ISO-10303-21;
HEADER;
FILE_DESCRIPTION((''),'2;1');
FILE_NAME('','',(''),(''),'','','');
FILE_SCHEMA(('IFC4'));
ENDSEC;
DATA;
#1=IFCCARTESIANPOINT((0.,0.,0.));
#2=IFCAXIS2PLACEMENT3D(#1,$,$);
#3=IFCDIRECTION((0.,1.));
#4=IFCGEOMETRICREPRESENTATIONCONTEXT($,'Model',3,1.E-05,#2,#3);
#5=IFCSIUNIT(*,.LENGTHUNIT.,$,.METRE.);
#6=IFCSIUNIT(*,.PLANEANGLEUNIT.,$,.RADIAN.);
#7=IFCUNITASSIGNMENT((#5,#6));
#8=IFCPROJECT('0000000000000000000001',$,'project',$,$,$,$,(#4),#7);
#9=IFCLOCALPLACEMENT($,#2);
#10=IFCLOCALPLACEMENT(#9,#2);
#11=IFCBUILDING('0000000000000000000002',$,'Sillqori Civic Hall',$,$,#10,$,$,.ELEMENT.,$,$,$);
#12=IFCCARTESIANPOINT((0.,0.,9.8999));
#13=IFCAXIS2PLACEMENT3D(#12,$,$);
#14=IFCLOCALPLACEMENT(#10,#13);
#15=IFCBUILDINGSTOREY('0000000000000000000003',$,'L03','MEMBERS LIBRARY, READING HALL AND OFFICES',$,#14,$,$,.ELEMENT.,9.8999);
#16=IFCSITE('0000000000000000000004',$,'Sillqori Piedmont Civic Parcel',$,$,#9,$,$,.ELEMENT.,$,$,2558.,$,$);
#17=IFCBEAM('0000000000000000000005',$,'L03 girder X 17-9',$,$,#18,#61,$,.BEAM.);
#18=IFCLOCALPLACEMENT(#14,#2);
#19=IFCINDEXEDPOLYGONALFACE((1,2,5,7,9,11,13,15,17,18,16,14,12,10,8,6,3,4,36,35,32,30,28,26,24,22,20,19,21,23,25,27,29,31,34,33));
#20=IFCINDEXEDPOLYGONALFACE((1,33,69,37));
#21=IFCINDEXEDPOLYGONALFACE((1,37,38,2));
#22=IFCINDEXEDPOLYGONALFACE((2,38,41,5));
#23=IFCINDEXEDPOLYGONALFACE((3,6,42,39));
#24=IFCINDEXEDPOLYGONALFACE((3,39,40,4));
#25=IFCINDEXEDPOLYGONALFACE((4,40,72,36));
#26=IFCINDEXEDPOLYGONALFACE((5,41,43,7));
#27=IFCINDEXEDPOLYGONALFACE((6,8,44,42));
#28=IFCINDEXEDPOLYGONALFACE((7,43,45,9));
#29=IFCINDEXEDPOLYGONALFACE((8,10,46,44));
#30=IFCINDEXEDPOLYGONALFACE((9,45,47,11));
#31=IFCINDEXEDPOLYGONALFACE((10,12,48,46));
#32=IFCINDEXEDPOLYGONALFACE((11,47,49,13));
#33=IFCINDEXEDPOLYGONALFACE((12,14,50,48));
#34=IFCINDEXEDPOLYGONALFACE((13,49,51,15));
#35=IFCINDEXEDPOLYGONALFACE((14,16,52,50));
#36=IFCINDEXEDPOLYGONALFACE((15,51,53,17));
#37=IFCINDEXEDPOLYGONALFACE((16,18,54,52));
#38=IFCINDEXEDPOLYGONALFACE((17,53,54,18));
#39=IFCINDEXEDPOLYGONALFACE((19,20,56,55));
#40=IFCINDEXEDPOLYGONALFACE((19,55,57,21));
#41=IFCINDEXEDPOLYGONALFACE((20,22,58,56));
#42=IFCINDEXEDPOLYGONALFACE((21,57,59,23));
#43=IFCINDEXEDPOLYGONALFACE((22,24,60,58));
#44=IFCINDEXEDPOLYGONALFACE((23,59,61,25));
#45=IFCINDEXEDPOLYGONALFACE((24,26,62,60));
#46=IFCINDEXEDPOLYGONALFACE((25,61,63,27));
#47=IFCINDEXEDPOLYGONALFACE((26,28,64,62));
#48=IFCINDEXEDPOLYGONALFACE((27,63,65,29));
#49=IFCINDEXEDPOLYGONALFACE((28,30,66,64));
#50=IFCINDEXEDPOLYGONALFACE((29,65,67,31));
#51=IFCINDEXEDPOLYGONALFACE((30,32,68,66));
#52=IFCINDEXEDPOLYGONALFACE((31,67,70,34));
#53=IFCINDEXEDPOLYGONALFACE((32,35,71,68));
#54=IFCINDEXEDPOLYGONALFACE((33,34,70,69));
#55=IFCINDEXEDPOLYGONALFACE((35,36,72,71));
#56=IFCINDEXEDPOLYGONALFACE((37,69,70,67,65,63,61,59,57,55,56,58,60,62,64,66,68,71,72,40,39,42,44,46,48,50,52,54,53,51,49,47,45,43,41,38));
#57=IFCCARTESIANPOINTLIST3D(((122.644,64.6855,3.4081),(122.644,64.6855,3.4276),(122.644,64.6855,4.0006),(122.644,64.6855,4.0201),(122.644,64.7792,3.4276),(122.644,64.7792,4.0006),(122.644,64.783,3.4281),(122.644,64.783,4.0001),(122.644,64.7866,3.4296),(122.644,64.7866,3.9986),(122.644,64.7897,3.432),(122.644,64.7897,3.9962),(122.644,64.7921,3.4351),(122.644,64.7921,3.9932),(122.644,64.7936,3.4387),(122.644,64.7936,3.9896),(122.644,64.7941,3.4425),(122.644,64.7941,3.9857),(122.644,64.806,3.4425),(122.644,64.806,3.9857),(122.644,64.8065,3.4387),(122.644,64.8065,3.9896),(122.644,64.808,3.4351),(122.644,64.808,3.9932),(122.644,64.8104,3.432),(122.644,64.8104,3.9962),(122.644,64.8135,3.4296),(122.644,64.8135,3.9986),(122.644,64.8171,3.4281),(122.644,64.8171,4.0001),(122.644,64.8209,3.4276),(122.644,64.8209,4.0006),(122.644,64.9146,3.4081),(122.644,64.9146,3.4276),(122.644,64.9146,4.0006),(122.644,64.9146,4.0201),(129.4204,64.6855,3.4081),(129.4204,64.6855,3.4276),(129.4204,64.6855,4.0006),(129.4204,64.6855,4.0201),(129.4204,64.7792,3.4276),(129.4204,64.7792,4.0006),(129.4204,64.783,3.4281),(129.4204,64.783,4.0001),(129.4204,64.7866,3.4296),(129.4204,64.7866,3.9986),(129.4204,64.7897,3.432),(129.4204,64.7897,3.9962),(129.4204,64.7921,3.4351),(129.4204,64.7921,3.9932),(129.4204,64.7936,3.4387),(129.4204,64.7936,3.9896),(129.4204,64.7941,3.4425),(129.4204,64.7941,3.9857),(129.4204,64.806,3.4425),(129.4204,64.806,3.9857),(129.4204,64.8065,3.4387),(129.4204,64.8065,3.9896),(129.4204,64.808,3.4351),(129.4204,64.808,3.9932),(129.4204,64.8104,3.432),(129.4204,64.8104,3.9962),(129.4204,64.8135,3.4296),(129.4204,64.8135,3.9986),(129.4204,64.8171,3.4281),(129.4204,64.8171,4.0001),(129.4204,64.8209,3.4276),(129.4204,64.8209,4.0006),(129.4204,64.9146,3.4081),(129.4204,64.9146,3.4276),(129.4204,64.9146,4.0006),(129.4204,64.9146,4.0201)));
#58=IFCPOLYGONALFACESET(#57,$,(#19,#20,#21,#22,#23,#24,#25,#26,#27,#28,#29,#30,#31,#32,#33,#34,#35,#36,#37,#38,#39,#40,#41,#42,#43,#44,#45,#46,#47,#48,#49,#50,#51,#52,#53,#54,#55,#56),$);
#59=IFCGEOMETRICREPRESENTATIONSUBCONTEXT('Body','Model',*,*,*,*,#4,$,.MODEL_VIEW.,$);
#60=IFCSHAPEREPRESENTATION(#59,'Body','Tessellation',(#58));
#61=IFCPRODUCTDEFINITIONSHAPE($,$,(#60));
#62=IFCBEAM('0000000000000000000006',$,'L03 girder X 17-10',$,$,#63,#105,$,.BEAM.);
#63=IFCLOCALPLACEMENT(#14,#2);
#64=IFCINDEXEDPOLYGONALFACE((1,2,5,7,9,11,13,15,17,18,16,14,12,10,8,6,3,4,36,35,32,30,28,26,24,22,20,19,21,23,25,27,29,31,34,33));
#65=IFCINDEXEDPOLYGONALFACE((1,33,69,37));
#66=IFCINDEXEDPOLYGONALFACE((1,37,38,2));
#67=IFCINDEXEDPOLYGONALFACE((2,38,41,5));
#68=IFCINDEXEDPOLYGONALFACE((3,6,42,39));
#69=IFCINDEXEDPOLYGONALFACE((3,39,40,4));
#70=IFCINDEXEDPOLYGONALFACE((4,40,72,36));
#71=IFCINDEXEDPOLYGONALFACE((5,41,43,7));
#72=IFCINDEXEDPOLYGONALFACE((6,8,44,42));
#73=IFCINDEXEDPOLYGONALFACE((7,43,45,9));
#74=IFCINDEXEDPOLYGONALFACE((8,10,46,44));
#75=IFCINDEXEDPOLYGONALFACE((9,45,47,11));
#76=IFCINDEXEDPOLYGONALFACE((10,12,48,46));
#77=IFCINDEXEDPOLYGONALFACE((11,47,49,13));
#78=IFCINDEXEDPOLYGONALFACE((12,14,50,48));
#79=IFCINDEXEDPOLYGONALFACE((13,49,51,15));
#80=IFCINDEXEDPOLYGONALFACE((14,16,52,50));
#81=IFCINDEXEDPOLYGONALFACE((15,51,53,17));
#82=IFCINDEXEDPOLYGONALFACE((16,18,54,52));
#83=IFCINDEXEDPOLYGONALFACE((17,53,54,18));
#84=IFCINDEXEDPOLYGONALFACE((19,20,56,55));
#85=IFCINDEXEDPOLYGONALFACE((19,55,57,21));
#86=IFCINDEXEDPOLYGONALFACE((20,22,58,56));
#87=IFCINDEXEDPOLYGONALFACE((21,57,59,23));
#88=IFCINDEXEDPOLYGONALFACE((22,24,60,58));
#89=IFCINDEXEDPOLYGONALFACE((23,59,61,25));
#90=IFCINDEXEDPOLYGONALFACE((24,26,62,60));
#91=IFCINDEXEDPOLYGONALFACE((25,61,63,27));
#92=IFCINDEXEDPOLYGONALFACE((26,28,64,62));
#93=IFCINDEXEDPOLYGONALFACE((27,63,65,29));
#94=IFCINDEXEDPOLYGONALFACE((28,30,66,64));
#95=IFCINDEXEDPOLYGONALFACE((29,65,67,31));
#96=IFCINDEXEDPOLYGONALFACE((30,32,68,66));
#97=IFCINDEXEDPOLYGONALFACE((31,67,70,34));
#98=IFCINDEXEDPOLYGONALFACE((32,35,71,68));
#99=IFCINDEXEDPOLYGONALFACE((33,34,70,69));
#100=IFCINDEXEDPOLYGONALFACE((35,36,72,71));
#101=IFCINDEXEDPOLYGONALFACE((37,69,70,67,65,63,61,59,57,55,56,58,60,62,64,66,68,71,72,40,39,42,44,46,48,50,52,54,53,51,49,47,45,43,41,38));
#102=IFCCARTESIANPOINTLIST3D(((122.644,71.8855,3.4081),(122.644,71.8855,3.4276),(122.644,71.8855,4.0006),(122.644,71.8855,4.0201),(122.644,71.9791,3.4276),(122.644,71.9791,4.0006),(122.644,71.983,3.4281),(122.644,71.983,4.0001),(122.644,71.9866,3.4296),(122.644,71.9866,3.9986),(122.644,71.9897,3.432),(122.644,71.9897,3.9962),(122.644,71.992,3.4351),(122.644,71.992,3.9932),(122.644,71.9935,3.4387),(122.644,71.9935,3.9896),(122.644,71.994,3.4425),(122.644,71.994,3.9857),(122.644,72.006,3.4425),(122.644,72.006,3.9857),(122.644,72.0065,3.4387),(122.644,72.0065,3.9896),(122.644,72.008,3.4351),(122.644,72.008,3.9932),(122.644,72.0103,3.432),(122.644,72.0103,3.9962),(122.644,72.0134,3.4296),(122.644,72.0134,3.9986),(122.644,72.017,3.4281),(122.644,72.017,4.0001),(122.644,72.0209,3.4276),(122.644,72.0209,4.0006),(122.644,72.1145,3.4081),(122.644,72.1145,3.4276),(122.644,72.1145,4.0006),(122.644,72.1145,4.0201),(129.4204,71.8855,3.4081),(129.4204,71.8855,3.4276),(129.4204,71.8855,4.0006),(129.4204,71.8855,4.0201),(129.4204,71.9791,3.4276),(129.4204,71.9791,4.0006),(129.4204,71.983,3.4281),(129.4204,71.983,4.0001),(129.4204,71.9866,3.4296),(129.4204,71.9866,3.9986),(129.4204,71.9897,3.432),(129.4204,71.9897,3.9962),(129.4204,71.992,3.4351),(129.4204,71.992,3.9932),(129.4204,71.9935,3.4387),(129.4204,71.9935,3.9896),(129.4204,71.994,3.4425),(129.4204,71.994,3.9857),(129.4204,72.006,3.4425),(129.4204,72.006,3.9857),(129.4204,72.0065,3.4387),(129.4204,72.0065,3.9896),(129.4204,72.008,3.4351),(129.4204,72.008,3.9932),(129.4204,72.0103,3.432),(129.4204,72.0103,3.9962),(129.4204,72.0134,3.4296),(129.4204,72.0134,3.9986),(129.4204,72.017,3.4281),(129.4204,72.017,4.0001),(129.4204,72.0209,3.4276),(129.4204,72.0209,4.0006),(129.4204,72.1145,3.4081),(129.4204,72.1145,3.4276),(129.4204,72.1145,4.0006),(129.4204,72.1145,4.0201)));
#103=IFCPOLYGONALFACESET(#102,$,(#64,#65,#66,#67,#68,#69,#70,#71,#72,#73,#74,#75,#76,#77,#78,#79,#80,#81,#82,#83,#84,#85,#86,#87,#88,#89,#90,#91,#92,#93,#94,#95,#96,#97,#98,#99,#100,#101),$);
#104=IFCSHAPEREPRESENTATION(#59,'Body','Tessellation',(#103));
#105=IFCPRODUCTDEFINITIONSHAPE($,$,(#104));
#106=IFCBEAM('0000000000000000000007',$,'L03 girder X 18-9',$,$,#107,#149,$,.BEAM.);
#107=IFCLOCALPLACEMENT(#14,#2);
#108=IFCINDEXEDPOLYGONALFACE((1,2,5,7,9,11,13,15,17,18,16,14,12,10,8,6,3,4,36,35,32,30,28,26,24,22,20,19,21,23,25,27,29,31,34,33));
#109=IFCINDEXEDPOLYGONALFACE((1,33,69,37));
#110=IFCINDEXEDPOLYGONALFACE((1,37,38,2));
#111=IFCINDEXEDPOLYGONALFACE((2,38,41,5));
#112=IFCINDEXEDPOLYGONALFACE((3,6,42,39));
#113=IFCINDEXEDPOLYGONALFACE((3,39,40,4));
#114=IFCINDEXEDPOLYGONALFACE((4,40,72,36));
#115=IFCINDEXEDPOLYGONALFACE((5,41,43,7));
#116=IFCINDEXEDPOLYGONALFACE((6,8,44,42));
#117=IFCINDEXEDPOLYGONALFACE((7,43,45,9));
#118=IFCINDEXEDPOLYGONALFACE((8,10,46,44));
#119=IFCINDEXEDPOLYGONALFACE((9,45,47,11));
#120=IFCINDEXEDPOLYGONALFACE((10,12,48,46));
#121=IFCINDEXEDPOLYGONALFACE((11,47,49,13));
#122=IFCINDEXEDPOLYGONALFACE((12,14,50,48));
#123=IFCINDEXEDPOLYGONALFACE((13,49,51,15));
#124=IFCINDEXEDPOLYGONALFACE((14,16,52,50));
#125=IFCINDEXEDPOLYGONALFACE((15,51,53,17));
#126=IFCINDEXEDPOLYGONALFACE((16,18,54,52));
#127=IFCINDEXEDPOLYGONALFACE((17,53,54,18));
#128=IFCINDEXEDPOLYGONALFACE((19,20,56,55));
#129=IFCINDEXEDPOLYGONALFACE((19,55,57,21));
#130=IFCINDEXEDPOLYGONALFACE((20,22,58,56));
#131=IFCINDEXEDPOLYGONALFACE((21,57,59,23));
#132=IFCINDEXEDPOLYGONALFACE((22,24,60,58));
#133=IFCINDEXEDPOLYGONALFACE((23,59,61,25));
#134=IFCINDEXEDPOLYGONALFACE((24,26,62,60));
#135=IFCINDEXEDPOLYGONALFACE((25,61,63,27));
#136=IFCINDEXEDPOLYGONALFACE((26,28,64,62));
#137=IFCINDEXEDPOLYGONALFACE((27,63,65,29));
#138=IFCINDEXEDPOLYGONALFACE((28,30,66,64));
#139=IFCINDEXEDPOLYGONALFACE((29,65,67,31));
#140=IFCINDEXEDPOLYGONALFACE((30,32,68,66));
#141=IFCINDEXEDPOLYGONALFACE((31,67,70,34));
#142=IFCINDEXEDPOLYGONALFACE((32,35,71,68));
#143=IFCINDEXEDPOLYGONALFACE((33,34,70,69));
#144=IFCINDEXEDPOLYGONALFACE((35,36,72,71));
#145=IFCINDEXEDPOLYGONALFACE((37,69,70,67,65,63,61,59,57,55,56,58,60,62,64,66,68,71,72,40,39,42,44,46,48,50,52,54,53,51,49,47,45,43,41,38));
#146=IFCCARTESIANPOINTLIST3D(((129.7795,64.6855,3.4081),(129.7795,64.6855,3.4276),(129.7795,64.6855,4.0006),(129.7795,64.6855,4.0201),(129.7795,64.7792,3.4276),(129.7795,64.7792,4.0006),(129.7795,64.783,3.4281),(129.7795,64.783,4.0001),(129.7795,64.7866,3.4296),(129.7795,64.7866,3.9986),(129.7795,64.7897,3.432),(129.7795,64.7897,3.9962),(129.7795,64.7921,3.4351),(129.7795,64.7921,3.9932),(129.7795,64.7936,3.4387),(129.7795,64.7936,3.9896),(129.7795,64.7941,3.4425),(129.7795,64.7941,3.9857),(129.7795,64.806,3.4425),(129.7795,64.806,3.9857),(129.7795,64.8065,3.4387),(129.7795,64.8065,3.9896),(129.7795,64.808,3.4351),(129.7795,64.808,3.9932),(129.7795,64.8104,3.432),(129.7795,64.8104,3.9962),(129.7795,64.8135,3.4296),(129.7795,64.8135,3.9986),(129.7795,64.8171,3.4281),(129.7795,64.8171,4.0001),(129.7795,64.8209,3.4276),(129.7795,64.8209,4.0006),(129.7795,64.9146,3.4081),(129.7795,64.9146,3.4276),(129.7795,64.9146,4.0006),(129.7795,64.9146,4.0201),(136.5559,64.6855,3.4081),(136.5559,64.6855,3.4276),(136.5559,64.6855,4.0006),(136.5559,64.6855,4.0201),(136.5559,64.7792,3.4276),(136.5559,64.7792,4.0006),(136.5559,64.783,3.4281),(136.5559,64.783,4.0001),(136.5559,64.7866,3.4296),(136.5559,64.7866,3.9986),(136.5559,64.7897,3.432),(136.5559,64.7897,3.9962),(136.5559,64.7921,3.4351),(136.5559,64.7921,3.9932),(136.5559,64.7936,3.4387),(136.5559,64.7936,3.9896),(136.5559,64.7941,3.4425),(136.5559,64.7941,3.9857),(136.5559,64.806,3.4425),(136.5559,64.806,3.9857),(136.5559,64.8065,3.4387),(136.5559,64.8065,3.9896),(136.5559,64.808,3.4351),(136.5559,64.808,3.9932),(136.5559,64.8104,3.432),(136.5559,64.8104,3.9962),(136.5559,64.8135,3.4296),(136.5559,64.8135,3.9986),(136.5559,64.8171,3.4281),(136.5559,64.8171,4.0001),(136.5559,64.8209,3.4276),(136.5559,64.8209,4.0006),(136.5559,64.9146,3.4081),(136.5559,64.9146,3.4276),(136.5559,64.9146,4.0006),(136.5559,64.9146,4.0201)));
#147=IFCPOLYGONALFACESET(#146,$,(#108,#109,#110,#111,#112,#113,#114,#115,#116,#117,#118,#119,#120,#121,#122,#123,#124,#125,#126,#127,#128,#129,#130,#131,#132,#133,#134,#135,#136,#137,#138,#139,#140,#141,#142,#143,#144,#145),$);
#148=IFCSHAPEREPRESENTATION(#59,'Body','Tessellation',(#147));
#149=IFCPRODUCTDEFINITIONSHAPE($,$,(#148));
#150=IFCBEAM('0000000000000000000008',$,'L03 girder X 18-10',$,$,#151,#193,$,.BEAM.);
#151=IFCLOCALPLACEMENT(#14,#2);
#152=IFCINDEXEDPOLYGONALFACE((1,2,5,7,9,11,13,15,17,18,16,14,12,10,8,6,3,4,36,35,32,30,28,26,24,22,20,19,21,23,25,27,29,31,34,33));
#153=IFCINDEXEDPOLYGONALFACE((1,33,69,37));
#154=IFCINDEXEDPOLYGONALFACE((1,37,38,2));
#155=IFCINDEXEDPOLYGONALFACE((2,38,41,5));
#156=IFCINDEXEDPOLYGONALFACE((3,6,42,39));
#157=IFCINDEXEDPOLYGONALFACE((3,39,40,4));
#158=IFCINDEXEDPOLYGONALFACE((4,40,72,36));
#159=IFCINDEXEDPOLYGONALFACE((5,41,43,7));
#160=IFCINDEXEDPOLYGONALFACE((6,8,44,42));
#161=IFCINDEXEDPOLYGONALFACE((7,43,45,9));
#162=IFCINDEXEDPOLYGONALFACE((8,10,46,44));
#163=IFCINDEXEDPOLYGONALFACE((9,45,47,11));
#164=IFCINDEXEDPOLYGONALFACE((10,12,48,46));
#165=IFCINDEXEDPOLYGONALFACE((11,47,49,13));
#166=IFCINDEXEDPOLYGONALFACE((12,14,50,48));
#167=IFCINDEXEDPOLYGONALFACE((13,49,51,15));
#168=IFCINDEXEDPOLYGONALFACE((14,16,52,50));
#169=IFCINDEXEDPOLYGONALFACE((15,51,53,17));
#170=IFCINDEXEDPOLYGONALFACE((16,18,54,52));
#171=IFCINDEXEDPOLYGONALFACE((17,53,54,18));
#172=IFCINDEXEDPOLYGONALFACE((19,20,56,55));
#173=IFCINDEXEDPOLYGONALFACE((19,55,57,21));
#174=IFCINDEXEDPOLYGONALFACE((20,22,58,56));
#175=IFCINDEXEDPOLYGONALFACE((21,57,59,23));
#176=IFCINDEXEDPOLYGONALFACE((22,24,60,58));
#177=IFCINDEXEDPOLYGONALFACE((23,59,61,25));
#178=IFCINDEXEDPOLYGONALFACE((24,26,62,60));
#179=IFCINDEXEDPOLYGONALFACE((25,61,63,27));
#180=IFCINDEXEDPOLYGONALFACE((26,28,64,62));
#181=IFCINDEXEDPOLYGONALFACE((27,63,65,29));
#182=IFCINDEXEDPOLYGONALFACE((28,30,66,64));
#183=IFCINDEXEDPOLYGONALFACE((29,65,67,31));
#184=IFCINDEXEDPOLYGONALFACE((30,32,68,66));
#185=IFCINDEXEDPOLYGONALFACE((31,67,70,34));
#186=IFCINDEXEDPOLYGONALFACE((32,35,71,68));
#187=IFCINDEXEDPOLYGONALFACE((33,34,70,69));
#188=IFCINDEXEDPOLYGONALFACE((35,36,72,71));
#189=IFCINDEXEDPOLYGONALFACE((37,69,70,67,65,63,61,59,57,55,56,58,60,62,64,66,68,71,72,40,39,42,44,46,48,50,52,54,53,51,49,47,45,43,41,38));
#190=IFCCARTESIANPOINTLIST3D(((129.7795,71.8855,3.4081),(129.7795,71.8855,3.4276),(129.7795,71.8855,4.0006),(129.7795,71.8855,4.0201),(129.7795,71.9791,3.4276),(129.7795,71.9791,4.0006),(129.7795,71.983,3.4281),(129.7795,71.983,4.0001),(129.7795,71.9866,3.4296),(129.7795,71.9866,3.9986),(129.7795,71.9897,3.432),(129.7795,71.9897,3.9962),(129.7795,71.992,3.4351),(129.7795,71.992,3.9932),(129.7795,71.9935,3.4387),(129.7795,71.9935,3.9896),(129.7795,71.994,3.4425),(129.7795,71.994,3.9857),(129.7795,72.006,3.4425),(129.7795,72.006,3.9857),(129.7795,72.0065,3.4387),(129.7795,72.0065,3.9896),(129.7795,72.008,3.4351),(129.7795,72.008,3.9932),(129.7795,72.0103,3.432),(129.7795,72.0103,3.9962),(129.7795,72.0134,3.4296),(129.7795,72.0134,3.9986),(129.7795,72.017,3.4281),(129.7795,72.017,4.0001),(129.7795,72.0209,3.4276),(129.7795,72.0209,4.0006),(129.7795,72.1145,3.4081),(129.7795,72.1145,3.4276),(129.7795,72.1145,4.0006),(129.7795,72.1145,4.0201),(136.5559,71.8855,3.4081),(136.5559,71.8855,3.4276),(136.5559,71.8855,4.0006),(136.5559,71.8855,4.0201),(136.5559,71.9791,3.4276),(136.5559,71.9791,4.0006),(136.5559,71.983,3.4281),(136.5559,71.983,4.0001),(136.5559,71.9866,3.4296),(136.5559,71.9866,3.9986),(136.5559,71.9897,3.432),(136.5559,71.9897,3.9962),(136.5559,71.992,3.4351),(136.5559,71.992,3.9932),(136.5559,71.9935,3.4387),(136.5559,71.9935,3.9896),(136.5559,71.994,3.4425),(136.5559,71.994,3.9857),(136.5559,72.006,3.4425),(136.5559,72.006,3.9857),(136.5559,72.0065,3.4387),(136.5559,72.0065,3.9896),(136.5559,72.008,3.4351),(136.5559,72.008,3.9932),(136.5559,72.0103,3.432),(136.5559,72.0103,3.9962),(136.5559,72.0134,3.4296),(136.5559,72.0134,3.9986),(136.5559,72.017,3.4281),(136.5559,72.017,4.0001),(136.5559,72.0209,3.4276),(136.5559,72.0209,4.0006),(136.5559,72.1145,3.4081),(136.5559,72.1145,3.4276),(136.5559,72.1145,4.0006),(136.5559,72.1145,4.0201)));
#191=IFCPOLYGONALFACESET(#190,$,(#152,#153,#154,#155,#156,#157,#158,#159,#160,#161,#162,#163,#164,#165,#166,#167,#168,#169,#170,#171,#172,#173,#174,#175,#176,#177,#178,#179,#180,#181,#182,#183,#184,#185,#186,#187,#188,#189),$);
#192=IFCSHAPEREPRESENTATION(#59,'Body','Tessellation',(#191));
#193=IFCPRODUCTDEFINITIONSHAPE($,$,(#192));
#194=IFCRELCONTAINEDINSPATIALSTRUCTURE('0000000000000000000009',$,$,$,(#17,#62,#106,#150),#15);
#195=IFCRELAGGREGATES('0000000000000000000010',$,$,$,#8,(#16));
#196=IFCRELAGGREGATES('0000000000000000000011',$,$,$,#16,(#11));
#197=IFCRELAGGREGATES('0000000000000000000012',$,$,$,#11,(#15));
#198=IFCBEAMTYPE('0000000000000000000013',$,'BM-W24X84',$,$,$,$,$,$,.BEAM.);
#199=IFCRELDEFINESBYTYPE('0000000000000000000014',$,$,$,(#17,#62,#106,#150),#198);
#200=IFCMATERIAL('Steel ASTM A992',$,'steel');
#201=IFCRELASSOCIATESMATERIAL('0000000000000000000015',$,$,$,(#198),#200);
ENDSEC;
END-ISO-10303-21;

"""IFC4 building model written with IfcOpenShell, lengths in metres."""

from ifc_helpers import new_model, si_unit, direction, frame, origin, origin_2d, place, context, subcontext, project, spatial, i_section, extrude, material, material_profile, profile_set, type_object, element, save


model = new_model("IFC4")

# Units and contexts
model_context = context("Model", 3, precision=1e-05, world=origin(), true_north=direction((0.0, 1.0)))
body_context = subcontext(model_context, "Body", "Model", "MODEL_VIEW")
ifc_project = project(units=[si_unit("LENGTHUNIT", "METRE"), si_unit("PLANEANGLEUNIT", "RADIAN")], contexts=[model_context])

# Site, building, storey
site_placement = place(None, origin())
site = spatial("IfcSite", under=ifc_project, at=site_placement, Name="Sillqori Piedmont Civic Parcel", CompositionType="ELEMENT", RefElevation=2558.0)
building_placement = place(site_placement, origin())
building = spatial("IfcBuilding", under=site, at=building_placement, Name="Sillqori Civic Hall", CompositionType="ELEMENT")
storey_placement = place(building_placement, frame((0.0, 0.0, 9.8999)))
storey = spatial("IfcBuildingStorey", under=building, at=storey_placement, Name="L03", Description="MEMBERS LIBRARY, READING HALL AND OFFICES", CompositionType="ELEMENT", Elevation=9.8999)

# Shared definitions
ifc_material_1 = material(Name="Steel ASTM A992", Category="steel")

# Beams
ifc_material_profile_1 = material_profile(ifc_material_1, i_section(OverallWidth=0.229, OverallDepth=0.6121, WebThickness=0.012, FlangeThickness=0.0195, FilletRadius=0.0149, at=origin_2d()), Name="W24X84")
ifc_profile_set_1 = profile_set([ifc_material_profile_1], Name="Steel ASTM A992")
beam_type_1 = type_object("IfcBeamType", Name="BM-W24X84", PredefinedType="BEAM", material=ifc_profile_set_1)
for number, where, z_axis, x_axis, name in (
    (1, (122.644, 64.8, 3.7141), (1.0, 0.0, 0.0), (0.0, 1.0, 0.0), "L03 girder X 17-9"),
    (2, (122.644, 72.0, 3.7141), (1.0, 0.0, 0.0), (0.0, 1.0, 0.0), "L03 girder X 17-10"),
    (3, (129.7795, 64.8, 3.7141), (1.0, 0.0, 0.0), (0.0, 1.0, 0.0), "L03 girder X 18-9"),
    (4, (129.7795, 72.0, 3.7141), (1.0, 0.0, 0.0), (0.0, 1.0, 0.0), "L03 girder X 18-10"),
):
    element("IfcBeam", number, at=place(storey_placement, frame(where, z_axis=z_axis, x_axis=x_axis)), inside=storey, type_object=beam_type_1, Name=name, PredefinedType="BEAM", context=body_context, shape_type="SweptSolid", body=[
        extrude(i_section(OverallWidth=0.229, OverallDepth=0.6121, WebThickness=0.012, FlangeThickness=0.0195, FilletRadius=0.0149, at=origin_2d()), origin(), (0.0, 0.0, 1.0), 6.7764),
    ])

save(model, "model.ifc")
